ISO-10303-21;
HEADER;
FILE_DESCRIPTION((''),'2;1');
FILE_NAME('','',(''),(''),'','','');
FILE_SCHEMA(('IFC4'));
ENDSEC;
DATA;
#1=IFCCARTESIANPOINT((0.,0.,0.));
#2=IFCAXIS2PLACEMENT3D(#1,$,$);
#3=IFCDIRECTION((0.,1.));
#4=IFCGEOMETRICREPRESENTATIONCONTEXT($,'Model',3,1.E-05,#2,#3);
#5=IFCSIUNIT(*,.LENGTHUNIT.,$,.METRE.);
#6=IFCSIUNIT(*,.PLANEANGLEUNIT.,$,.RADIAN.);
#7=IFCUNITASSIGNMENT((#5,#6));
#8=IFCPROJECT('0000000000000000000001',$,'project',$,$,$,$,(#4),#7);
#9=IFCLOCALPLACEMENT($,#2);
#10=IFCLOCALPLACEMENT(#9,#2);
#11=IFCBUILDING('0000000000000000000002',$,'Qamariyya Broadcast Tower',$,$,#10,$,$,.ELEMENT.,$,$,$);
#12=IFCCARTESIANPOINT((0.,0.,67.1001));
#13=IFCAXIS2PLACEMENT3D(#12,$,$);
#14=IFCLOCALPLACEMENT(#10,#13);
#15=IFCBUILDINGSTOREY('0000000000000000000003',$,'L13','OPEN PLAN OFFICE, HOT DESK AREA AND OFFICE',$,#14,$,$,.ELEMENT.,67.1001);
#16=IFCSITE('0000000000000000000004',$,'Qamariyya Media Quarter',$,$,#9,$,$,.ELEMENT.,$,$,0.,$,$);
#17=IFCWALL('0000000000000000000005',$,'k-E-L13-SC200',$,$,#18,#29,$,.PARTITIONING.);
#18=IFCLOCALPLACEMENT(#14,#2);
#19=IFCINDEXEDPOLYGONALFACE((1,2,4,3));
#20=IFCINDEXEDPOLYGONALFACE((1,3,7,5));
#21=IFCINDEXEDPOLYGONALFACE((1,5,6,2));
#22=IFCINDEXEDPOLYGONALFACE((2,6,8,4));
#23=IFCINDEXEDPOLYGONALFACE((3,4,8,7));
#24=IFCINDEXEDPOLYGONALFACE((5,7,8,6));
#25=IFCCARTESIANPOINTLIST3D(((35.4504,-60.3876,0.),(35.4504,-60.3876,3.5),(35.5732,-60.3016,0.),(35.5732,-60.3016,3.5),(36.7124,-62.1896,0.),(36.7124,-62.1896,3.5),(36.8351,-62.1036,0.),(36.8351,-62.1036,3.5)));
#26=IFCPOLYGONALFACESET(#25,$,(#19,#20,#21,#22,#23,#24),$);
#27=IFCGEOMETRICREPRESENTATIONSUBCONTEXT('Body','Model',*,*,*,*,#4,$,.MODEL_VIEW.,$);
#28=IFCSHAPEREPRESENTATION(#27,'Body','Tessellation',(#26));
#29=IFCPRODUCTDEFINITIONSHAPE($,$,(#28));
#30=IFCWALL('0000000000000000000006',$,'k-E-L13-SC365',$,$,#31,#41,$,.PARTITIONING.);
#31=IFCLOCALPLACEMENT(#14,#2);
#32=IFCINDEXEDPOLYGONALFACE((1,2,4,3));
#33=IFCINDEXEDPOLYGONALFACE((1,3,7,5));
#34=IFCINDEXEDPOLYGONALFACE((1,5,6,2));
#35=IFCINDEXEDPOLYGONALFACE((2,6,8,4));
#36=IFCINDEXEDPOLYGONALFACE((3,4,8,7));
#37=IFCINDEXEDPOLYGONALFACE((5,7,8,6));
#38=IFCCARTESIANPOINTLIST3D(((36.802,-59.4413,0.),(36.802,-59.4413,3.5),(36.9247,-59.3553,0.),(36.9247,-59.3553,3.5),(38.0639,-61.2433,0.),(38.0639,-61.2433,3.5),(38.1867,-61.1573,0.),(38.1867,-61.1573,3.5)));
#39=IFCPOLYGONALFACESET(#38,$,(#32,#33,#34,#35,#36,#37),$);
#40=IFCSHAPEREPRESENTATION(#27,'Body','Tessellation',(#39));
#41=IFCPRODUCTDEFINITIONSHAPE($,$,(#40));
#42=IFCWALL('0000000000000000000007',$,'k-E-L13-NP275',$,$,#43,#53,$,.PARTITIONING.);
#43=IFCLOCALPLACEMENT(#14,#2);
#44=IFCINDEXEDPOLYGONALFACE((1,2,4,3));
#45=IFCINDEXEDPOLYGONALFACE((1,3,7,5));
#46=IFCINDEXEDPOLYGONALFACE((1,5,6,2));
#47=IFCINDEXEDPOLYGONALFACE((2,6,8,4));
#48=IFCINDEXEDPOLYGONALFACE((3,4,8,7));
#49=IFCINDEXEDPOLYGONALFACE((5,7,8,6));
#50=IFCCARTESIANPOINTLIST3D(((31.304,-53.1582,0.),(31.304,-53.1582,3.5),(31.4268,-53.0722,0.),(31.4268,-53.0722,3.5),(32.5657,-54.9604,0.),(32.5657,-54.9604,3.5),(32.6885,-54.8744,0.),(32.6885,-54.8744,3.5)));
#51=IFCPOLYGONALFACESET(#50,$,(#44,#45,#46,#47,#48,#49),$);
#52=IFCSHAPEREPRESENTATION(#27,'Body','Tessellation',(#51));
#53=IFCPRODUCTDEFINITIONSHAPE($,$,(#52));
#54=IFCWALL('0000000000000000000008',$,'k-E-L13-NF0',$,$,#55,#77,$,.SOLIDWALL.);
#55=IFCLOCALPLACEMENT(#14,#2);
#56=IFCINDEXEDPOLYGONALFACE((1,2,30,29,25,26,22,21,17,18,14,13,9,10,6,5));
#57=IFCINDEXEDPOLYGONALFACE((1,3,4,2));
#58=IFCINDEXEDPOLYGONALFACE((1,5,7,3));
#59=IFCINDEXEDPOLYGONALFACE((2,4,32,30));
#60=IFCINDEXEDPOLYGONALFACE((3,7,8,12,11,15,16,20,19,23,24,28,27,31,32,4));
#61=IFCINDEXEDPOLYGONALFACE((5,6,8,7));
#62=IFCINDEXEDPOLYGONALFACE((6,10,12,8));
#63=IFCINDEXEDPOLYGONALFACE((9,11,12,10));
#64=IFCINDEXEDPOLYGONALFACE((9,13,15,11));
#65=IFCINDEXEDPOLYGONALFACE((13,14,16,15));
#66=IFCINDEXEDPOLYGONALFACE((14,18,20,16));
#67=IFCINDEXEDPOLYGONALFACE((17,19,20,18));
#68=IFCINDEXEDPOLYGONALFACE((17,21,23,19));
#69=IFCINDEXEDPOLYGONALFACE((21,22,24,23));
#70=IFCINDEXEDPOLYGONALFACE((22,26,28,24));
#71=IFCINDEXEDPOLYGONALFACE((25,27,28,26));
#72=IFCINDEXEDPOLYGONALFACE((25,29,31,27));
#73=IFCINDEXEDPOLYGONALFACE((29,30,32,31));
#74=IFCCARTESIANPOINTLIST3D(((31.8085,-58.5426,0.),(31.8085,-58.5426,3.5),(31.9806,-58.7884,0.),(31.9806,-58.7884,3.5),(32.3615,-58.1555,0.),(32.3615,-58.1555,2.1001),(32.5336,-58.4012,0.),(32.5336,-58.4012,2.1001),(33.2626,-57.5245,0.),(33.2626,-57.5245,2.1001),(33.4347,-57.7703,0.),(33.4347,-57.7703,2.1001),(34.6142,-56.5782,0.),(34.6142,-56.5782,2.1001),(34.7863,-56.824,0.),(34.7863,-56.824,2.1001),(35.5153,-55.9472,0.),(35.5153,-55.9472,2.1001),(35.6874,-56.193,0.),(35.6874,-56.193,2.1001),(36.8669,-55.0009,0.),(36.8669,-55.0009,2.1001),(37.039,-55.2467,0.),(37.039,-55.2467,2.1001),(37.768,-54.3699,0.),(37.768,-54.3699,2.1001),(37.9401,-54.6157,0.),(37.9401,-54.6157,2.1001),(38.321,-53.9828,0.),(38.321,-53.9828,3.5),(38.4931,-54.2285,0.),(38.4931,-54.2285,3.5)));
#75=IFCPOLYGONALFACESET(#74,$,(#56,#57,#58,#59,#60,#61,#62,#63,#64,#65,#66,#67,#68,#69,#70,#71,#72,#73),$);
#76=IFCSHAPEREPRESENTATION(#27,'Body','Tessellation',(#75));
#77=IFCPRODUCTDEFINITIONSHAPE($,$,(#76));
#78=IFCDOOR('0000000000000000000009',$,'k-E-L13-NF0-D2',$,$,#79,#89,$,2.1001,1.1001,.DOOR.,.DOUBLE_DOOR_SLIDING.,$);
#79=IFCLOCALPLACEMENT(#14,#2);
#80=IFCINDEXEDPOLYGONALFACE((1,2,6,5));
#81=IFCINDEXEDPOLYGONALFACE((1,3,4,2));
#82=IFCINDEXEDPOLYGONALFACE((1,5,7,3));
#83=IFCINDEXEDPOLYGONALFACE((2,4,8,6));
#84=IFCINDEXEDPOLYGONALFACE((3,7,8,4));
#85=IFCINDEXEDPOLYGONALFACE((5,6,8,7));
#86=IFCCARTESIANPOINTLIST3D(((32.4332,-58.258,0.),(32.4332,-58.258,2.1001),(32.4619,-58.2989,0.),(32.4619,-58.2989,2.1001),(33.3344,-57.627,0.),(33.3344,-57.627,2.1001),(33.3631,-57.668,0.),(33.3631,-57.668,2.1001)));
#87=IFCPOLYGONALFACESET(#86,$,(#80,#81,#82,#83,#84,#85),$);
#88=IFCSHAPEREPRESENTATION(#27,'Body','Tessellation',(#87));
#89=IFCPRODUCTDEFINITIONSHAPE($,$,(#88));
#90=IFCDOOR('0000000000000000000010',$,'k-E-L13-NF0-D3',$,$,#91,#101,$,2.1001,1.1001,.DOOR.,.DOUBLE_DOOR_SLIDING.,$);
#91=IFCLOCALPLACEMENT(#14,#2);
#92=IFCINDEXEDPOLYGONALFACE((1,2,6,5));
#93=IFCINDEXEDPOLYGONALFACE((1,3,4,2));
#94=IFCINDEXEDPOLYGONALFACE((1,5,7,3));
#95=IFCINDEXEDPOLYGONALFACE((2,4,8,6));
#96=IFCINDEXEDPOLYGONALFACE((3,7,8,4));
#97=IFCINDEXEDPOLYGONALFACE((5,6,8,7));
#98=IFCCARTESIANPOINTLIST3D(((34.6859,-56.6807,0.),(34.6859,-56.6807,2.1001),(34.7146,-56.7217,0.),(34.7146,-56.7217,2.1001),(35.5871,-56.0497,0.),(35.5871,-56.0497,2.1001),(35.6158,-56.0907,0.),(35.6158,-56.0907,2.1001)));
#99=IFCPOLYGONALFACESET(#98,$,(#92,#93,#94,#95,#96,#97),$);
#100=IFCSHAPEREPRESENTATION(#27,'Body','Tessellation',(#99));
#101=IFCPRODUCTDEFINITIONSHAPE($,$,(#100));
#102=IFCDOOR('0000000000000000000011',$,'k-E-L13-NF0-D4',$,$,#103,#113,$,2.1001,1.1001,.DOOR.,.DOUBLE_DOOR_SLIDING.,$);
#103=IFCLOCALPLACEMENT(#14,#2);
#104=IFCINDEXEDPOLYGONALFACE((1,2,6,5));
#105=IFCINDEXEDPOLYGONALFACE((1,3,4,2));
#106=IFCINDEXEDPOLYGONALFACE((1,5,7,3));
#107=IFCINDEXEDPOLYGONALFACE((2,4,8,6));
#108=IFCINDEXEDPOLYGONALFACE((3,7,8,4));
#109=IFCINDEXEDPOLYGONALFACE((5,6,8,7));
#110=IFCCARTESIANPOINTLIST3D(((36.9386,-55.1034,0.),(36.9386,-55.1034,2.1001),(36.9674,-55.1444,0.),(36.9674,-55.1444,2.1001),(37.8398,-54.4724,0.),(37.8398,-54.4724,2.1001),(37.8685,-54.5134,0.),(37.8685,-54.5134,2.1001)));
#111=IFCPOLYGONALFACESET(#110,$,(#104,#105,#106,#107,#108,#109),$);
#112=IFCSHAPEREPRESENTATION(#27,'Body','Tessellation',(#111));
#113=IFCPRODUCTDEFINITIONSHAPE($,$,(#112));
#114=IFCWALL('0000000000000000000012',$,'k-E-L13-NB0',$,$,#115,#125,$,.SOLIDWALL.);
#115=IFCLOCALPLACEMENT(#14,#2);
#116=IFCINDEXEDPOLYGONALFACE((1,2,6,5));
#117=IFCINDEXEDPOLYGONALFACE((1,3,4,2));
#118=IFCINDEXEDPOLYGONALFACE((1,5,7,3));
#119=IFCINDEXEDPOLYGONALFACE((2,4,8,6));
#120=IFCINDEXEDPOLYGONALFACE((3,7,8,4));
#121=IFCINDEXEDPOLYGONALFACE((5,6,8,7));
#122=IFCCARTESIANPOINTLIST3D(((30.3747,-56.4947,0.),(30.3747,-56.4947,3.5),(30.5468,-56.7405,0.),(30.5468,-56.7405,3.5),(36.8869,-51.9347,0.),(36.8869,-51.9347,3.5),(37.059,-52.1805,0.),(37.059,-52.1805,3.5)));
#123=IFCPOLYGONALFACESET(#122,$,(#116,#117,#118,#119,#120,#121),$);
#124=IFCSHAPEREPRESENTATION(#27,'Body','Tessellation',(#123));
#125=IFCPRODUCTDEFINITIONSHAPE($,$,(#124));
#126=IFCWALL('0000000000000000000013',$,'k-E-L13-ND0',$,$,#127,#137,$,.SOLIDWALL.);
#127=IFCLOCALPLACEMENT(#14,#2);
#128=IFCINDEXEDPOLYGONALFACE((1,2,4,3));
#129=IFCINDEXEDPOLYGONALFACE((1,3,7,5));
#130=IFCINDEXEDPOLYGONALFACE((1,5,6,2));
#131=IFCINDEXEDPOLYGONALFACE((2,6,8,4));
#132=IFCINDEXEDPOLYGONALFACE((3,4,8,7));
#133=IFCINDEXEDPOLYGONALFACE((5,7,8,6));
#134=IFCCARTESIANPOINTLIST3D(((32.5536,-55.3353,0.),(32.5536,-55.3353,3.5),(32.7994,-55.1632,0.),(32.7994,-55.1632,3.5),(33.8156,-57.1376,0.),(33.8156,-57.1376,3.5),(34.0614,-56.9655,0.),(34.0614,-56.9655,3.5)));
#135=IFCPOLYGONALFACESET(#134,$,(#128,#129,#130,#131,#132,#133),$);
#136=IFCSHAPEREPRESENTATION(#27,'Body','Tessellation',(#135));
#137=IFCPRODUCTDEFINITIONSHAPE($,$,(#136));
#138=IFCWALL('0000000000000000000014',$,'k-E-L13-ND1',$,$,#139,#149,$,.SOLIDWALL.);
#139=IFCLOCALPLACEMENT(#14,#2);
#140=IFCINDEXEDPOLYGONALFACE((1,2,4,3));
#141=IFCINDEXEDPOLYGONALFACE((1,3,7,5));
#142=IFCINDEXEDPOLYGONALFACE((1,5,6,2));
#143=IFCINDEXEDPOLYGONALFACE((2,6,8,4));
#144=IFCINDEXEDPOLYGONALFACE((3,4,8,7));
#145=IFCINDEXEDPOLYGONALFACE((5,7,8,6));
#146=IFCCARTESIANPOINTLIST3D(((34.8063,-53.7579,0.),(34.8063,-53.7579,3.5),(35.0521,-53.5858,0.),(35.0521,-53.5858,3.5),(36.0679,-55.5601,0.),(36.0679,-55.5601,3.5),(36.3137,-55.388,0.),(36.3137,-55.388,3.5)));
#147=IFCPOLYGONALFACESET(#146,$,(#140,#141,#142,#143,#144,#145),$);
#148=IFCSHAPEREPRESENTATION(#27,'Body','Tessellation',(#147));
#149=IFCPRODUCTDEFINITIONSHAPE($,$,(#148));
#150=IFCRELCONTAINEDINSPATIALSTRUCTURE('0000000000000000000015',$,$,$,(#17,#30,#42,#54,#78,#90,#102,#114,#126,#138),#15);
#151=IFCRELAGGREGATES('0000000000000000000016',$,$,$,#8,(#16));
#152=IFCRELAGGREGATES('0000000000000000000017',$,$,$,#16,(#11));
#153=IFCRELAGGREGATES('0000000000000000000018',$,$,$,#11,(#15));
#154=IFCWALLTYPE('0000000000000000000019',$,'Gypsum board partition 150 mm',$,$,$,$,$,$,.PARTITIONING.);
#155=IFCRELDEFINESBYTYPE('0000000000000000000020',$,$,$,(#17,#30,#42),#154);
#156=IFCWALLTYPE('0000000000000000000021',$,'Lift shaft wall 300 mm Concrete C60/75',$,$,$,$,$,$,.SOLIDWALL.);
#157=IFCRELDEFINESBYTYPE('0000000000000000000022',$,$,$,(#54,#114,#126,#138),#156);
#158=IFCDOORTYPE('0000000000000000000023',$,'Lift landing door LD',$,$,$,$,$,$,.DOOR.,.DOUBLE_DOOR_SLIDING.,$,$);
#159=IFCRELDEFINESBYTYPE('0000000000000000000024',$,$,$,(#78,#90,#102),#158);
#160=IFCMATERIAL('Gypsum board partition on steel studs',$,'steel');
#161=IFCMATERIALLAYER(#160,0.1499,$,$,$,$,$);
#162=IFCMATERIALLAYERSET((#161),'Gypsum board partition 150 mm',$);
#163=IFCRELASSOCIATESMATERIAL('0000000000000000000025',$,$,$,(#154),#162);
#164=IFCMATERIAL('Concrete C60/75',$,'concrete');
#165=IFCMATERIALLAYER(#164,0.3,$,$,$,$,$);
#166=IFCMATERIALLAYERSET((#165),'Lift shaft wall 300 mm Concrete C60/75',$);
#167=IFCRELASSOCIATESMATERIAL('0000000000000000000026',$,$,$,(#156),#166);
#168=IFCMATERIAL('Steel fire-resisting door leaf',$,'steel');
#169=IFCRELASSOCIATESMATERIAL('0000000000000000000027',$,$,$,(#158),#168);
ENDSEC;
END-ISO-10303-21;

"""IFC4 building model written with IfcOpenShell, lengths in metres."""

from ifc_helpers import new_model, si_unit, direction, frame, frame_2d, origin, place, context, subcontext, project, spatial, rectangle, extrude, material, layer, layer_set, type_object, element, fill, save


model = new_model("IFC4")

# Units and contexts
model_context = context("Model", 3, precision=1e-05, world=origin(), true_north=direction((0.0, 1.0)))
body_context = subcontext(model_context, "Body", "Model", "MODEL_VIEW")
ifc_project = project(units=[si_unit("LENGTHUNIT", "METRE"), si_unit("PLANEANGLEUNIT", "RADIAN")], contexts=[model_context])

# Site, building, storey
site_placement = place(None, origin())
site = spatial("IfcSite", under=ifc_project, at=site_placement, Name="Qamariyya Media Quarter", CompositionType="ELEMENT", RefElevation=0.0)
building_placement = place(site_placement, origin())
building = spatial("IfcBuilding", under=site, at=building_placement, Name="Qamariyya Broadcast Tower", CompositionType="ELEMENT")
storey_placement = place(building_placement, frame((0.0, 0.0, 67.1001)))
storey = spatial("IfcBuildingStorey", under=building, at=storey_placement, Name="L13", Description="OPEN PLAN OFFICE, HOT DESK AREA AND OFFICE", CompositionType="ELEMENT", Elevation=67.1001)

# Shared definitions
ifc_material_1 = material(Name="Steel fire-resisting door leaf", Category="steel")

# Walls
ifc_material_2 = material(Name="Concrete C60/75", Category="concrete")
ifc_material_3 = material(Name="Gypsum board partition on steel studs", Category="steel")
ifc_layer_1 = layer(ifc_material_3, 0.1499)
ifc_layer_set_1 = layer_set([ifc_layer_1], Name="Gypsum board partition 150 mm")
wall_type_1 = type_object("IfcWallType", Name="Gypsum board partition 150 mm", PredefinedType="PARTITIONING", material=ifc_layer_set_1)
for number, where, z_axis, x_axis, name in (
    (1, (35.5117, -60.3445, 0.0), (0.0, 0.0, 1.0), (0.573634, -0.819112, 0.0), "k-E-L13-SC200"),
    (2, (36.8633, -59.3982, 0.0), (0.0, 0.0, 1.0), (0.573634, -0.819112, 0.0), "k-E-L13-SC365"),
    (3, (32.6272, -54.9175, 0.0), (0.0, 0.0, 1.0), (-0.573507, 0.819201, 0.0), "k-E-L13-NP275"),
):
    element("IfcWall", number, at=place(storey_placement, frame(where, z_axis=z_axis, x_axis=x_axis)), inside=storey, type_object=wall_type_1, Name=name, PredefinedType="PARTITIONING", context=body_context, shape_type="SweptSolid", body=[
        extrude(rectangle(XDim=2.2, YDim=0.1499, at=frame_2d((1.1001, 0.0))), origin(), (0.0, 0.0, 1.0), 3.5),
    ])

# Wall, openings, doors
ifc_layer_2 = layer(ifc_material_2, 0.3)
ifc_layer_set_2 = layer_set([ifc_layer_2], Name="Lift shaft wall 300 mm Concrete C60/75")
wall_type_2 = type_object("IfcWallType", Name="Lift shaft wall 300 mm Concrete C60/75", PredefinedType="SOLIDWALL", material=ifc_layer_set_2)
wall_1_placement = place(storey_placement, frame((31.8945, -58.6655, 0.0), z_axis=(0.0, 0.0, 1.0), x_axis=(0.819167, 0.573555, 0.0)))
wall_1 = element("IfcWall", 4, at=wall_1_placement, inside=storey, type_object=wall_type_2, Name="k-E-L13-NF0", PredefinedType="SOLIDWALL", context=body_context, shape_type="SweptSolid", body=[
    extrude(rectangle(XDim=7.9502, YDim=0.3, at=frame_2d((3.9751, 0.0))), origin(), (0.0, 0.0, 1.0), 3.5),
])
opening_1_placement = place(wall_1_placement, frame((0.675, 0.0, 0.0)))
opening_1 = element("IfcOpeningElement", 5, at=opening_1_placement, cuts=wall_1, PredefinedType="OPENING", context=body_context, shape_type="SweptSolid", body=[
    extrude(rectangle(XDim=1.1001, YDim=2.1001, at=frame_2d((0.55, 1.05))), frame((0.0, 0.1599, 0.0), z_axis=(0.0, -1.0, 0.0), x_axis=(1.0, 0.0, 0.0)), (0.0, 0.0, 1.0), 0.3201),
])
opening_2_placement = place(wall_1_placement, frame((3.425, 0.0, 0.0)))
opening_2 = element("IfcOpeningElement", 6, at=opening_2_placement, cuts=wall_1, PredefinedType="OPENING", context=body_context, shape_type="SweptSolid", body=[
    extrude(rectangle(XDim=1.1001, YDim=2.1001, at=frame_2d((0.55, 1.05))), frame((0.0, 0.1599, 0.0), z_axis=(0.0, -1.0, 0.0), x_axis=(1.0, 0.0, 0.0)), (0.0, 0.0, 1.0), 0.3201),
])
opening_3_placement = place(wall_1_placement, frame((6.175, 0.0, 0.0)))
opening_3 = element("IfcOpeningElement", 7, at=opening_3_placement, cuts=wall_1, PredefinedType="OPENING", context=body_context, shape_type="SweptSolid", body=[
    extrude(rectangle(XDim=1.1001, YDim=2.1001, at=frame_2d((0.55, 1.05))), frame((0.0, 0.1599, 0.0), z_axis=(0.0, -1.0, 0.0), x_axis=(1.0, 0.0, 0.0)), (0.0, 0.0, 1.0), 0.3201),
])
door_type_1 = type_object("IfcDoorType", Name="Lift landing door LD", OperationType="DOUBLE_DOOR_SLIDING", PredefinedType="DOOR", material=ifc_material_1)
door_1_placement = place(opening_1_placement, origin())
door_1 = element("IfcDoor", 8, at=door_1_placement, inside=storey, type_object=door_type_1, Name="k-E-L13-NF0-D2", OperationType="DOUBLE_DOOR_SLIDING", OverallHeight=2.1001, OverallWidth=1.1001, PredefinedType="DOOR", context=body_context, shape_type="SweptSolid", body=[
    extrude(rectangle(XDim=1.1001, YDim=2.1001, at=frame_2d((0.55, 1.05))), frame((0.0, 0.0249, 0.0), z_axis=(0.0, -1.0, 0.0), x_axis=(1.0, 0.0, 0.0)), (0.0, 0.0, 1.0), 0.05),
])
fill(opening_1, door_1)
door_2_placement = place(opening_2_placement, origin())
door_2 = element("IfcDoor", 9, at=door_2_placement, inside=storey, type_object=door_type_1, Name="k-E-L13-NF0-D3", OperationType="DOUBLE_DOOR_SLIDING", OverallHeight=2.1001, OverallWidth=1.1001, PredefinedType="DOOR", context=body_context, shape_type="SweptSolid", body=[
    extrude(rectangle(XDim=1.1001, YDim=2.1001, at=frame_2d((0.55, 1.05))), frame((0.0, 0.0249, 0.0), z_axis=(0.0, -1.0, 0.0), x_axis=(1.0, 0.0, 0.0)), (0.0, 0.0, 1.0), 0.05),
])
fill(opening_2, door_2)
door_3_placement = place(opening_3_placement, origin())
door_3 = element("IfcDoor", 10, at=door_3_placement, inside=storey, type_object=door_type_1, Name="k-E-L13-NF0-D4", OperationType="DOUBLE_DOOR_SLIDING", OverallHeight=2.1001, OverallWidth=1.1001, PredefinedType="DOOR", context=body_context, shape_type="SweptSolid", body=[
    extrude(rectangle(XDim=1.1001, YDim=2.1001, at=frame_2d((0.55, 1.05))), frame((0.0, 0.0249, 0.0), z_axis=(0.0, -1.0, 0.0), x_axis=(1.0, 0.0, 0.0)), (0.0, 0.0, 1.0), 0.05),
])
fill(opening_3, door_3)

# Walls
wall_2_placement = place(storey_placement, frame((30.4607, -56.6177, 0.0), z_axis=(0.0, 0.0, 1.0), x_axis=(0.819142, 0.57359, 0.0)))
element("IfcWall", 11, at=wall_2_placement, inside=storey, type_object=wall_type_2, Name="k-E-L13-NB0", PredefinedType="SOLIDWALL", context=body_context, shape_type="SweptSolid", body=[
    extrude(rectangle(XDim=7.95, YDim=0.3, at=frame_2d((3.9751, 0.0))), origin(), (0.0, 0.0, 1.0), 3.5),
])
wall_3_placement = place(storey_placement, frame((33.9385, -57.0515, 0.0), z_axis=(0.0, 0.0, 1.0), x_axis=(-0.573581, 0.819149, 0.0)))
element("IfcWall", 12, at=wall_3_placement, inside=storey, type_object=wall_type_2, Name="k-E-L13-ND0", PredefinedType="SOLIDWALL", context=body_context, shape_type="SweptSolid", body=[
    extrude(rectangle(XDim=2.2002, YDim=0.3, at=frame_2d((1.1001, 0.0))), origin(), (0.0, 0.0, 1.0), 3.5),
])
wall_4_placement = place(storey_placement, frame((36.1909, -55.4741, 0.0), z_axis=(0.0, 0.0, 1.0), x_axis=(-0.573507, 0.819201, 0.0)))
element("IfcWall", 13, at=wall_4_placement, inside=storey, type_object=wall_type_2, Name="k-E-L13-ND1", PredefinedType="SOLIDWALL", context=body_context, shape_type="SweptSolid", body=[
    extrude(rectangle(XDim=2.2, YDim=0.3, at=frame_2d((1.1001, 0.0))), origin(), (0.0, 0.0, 1.0), 3.5),
])

save(model, "model.ifc")
